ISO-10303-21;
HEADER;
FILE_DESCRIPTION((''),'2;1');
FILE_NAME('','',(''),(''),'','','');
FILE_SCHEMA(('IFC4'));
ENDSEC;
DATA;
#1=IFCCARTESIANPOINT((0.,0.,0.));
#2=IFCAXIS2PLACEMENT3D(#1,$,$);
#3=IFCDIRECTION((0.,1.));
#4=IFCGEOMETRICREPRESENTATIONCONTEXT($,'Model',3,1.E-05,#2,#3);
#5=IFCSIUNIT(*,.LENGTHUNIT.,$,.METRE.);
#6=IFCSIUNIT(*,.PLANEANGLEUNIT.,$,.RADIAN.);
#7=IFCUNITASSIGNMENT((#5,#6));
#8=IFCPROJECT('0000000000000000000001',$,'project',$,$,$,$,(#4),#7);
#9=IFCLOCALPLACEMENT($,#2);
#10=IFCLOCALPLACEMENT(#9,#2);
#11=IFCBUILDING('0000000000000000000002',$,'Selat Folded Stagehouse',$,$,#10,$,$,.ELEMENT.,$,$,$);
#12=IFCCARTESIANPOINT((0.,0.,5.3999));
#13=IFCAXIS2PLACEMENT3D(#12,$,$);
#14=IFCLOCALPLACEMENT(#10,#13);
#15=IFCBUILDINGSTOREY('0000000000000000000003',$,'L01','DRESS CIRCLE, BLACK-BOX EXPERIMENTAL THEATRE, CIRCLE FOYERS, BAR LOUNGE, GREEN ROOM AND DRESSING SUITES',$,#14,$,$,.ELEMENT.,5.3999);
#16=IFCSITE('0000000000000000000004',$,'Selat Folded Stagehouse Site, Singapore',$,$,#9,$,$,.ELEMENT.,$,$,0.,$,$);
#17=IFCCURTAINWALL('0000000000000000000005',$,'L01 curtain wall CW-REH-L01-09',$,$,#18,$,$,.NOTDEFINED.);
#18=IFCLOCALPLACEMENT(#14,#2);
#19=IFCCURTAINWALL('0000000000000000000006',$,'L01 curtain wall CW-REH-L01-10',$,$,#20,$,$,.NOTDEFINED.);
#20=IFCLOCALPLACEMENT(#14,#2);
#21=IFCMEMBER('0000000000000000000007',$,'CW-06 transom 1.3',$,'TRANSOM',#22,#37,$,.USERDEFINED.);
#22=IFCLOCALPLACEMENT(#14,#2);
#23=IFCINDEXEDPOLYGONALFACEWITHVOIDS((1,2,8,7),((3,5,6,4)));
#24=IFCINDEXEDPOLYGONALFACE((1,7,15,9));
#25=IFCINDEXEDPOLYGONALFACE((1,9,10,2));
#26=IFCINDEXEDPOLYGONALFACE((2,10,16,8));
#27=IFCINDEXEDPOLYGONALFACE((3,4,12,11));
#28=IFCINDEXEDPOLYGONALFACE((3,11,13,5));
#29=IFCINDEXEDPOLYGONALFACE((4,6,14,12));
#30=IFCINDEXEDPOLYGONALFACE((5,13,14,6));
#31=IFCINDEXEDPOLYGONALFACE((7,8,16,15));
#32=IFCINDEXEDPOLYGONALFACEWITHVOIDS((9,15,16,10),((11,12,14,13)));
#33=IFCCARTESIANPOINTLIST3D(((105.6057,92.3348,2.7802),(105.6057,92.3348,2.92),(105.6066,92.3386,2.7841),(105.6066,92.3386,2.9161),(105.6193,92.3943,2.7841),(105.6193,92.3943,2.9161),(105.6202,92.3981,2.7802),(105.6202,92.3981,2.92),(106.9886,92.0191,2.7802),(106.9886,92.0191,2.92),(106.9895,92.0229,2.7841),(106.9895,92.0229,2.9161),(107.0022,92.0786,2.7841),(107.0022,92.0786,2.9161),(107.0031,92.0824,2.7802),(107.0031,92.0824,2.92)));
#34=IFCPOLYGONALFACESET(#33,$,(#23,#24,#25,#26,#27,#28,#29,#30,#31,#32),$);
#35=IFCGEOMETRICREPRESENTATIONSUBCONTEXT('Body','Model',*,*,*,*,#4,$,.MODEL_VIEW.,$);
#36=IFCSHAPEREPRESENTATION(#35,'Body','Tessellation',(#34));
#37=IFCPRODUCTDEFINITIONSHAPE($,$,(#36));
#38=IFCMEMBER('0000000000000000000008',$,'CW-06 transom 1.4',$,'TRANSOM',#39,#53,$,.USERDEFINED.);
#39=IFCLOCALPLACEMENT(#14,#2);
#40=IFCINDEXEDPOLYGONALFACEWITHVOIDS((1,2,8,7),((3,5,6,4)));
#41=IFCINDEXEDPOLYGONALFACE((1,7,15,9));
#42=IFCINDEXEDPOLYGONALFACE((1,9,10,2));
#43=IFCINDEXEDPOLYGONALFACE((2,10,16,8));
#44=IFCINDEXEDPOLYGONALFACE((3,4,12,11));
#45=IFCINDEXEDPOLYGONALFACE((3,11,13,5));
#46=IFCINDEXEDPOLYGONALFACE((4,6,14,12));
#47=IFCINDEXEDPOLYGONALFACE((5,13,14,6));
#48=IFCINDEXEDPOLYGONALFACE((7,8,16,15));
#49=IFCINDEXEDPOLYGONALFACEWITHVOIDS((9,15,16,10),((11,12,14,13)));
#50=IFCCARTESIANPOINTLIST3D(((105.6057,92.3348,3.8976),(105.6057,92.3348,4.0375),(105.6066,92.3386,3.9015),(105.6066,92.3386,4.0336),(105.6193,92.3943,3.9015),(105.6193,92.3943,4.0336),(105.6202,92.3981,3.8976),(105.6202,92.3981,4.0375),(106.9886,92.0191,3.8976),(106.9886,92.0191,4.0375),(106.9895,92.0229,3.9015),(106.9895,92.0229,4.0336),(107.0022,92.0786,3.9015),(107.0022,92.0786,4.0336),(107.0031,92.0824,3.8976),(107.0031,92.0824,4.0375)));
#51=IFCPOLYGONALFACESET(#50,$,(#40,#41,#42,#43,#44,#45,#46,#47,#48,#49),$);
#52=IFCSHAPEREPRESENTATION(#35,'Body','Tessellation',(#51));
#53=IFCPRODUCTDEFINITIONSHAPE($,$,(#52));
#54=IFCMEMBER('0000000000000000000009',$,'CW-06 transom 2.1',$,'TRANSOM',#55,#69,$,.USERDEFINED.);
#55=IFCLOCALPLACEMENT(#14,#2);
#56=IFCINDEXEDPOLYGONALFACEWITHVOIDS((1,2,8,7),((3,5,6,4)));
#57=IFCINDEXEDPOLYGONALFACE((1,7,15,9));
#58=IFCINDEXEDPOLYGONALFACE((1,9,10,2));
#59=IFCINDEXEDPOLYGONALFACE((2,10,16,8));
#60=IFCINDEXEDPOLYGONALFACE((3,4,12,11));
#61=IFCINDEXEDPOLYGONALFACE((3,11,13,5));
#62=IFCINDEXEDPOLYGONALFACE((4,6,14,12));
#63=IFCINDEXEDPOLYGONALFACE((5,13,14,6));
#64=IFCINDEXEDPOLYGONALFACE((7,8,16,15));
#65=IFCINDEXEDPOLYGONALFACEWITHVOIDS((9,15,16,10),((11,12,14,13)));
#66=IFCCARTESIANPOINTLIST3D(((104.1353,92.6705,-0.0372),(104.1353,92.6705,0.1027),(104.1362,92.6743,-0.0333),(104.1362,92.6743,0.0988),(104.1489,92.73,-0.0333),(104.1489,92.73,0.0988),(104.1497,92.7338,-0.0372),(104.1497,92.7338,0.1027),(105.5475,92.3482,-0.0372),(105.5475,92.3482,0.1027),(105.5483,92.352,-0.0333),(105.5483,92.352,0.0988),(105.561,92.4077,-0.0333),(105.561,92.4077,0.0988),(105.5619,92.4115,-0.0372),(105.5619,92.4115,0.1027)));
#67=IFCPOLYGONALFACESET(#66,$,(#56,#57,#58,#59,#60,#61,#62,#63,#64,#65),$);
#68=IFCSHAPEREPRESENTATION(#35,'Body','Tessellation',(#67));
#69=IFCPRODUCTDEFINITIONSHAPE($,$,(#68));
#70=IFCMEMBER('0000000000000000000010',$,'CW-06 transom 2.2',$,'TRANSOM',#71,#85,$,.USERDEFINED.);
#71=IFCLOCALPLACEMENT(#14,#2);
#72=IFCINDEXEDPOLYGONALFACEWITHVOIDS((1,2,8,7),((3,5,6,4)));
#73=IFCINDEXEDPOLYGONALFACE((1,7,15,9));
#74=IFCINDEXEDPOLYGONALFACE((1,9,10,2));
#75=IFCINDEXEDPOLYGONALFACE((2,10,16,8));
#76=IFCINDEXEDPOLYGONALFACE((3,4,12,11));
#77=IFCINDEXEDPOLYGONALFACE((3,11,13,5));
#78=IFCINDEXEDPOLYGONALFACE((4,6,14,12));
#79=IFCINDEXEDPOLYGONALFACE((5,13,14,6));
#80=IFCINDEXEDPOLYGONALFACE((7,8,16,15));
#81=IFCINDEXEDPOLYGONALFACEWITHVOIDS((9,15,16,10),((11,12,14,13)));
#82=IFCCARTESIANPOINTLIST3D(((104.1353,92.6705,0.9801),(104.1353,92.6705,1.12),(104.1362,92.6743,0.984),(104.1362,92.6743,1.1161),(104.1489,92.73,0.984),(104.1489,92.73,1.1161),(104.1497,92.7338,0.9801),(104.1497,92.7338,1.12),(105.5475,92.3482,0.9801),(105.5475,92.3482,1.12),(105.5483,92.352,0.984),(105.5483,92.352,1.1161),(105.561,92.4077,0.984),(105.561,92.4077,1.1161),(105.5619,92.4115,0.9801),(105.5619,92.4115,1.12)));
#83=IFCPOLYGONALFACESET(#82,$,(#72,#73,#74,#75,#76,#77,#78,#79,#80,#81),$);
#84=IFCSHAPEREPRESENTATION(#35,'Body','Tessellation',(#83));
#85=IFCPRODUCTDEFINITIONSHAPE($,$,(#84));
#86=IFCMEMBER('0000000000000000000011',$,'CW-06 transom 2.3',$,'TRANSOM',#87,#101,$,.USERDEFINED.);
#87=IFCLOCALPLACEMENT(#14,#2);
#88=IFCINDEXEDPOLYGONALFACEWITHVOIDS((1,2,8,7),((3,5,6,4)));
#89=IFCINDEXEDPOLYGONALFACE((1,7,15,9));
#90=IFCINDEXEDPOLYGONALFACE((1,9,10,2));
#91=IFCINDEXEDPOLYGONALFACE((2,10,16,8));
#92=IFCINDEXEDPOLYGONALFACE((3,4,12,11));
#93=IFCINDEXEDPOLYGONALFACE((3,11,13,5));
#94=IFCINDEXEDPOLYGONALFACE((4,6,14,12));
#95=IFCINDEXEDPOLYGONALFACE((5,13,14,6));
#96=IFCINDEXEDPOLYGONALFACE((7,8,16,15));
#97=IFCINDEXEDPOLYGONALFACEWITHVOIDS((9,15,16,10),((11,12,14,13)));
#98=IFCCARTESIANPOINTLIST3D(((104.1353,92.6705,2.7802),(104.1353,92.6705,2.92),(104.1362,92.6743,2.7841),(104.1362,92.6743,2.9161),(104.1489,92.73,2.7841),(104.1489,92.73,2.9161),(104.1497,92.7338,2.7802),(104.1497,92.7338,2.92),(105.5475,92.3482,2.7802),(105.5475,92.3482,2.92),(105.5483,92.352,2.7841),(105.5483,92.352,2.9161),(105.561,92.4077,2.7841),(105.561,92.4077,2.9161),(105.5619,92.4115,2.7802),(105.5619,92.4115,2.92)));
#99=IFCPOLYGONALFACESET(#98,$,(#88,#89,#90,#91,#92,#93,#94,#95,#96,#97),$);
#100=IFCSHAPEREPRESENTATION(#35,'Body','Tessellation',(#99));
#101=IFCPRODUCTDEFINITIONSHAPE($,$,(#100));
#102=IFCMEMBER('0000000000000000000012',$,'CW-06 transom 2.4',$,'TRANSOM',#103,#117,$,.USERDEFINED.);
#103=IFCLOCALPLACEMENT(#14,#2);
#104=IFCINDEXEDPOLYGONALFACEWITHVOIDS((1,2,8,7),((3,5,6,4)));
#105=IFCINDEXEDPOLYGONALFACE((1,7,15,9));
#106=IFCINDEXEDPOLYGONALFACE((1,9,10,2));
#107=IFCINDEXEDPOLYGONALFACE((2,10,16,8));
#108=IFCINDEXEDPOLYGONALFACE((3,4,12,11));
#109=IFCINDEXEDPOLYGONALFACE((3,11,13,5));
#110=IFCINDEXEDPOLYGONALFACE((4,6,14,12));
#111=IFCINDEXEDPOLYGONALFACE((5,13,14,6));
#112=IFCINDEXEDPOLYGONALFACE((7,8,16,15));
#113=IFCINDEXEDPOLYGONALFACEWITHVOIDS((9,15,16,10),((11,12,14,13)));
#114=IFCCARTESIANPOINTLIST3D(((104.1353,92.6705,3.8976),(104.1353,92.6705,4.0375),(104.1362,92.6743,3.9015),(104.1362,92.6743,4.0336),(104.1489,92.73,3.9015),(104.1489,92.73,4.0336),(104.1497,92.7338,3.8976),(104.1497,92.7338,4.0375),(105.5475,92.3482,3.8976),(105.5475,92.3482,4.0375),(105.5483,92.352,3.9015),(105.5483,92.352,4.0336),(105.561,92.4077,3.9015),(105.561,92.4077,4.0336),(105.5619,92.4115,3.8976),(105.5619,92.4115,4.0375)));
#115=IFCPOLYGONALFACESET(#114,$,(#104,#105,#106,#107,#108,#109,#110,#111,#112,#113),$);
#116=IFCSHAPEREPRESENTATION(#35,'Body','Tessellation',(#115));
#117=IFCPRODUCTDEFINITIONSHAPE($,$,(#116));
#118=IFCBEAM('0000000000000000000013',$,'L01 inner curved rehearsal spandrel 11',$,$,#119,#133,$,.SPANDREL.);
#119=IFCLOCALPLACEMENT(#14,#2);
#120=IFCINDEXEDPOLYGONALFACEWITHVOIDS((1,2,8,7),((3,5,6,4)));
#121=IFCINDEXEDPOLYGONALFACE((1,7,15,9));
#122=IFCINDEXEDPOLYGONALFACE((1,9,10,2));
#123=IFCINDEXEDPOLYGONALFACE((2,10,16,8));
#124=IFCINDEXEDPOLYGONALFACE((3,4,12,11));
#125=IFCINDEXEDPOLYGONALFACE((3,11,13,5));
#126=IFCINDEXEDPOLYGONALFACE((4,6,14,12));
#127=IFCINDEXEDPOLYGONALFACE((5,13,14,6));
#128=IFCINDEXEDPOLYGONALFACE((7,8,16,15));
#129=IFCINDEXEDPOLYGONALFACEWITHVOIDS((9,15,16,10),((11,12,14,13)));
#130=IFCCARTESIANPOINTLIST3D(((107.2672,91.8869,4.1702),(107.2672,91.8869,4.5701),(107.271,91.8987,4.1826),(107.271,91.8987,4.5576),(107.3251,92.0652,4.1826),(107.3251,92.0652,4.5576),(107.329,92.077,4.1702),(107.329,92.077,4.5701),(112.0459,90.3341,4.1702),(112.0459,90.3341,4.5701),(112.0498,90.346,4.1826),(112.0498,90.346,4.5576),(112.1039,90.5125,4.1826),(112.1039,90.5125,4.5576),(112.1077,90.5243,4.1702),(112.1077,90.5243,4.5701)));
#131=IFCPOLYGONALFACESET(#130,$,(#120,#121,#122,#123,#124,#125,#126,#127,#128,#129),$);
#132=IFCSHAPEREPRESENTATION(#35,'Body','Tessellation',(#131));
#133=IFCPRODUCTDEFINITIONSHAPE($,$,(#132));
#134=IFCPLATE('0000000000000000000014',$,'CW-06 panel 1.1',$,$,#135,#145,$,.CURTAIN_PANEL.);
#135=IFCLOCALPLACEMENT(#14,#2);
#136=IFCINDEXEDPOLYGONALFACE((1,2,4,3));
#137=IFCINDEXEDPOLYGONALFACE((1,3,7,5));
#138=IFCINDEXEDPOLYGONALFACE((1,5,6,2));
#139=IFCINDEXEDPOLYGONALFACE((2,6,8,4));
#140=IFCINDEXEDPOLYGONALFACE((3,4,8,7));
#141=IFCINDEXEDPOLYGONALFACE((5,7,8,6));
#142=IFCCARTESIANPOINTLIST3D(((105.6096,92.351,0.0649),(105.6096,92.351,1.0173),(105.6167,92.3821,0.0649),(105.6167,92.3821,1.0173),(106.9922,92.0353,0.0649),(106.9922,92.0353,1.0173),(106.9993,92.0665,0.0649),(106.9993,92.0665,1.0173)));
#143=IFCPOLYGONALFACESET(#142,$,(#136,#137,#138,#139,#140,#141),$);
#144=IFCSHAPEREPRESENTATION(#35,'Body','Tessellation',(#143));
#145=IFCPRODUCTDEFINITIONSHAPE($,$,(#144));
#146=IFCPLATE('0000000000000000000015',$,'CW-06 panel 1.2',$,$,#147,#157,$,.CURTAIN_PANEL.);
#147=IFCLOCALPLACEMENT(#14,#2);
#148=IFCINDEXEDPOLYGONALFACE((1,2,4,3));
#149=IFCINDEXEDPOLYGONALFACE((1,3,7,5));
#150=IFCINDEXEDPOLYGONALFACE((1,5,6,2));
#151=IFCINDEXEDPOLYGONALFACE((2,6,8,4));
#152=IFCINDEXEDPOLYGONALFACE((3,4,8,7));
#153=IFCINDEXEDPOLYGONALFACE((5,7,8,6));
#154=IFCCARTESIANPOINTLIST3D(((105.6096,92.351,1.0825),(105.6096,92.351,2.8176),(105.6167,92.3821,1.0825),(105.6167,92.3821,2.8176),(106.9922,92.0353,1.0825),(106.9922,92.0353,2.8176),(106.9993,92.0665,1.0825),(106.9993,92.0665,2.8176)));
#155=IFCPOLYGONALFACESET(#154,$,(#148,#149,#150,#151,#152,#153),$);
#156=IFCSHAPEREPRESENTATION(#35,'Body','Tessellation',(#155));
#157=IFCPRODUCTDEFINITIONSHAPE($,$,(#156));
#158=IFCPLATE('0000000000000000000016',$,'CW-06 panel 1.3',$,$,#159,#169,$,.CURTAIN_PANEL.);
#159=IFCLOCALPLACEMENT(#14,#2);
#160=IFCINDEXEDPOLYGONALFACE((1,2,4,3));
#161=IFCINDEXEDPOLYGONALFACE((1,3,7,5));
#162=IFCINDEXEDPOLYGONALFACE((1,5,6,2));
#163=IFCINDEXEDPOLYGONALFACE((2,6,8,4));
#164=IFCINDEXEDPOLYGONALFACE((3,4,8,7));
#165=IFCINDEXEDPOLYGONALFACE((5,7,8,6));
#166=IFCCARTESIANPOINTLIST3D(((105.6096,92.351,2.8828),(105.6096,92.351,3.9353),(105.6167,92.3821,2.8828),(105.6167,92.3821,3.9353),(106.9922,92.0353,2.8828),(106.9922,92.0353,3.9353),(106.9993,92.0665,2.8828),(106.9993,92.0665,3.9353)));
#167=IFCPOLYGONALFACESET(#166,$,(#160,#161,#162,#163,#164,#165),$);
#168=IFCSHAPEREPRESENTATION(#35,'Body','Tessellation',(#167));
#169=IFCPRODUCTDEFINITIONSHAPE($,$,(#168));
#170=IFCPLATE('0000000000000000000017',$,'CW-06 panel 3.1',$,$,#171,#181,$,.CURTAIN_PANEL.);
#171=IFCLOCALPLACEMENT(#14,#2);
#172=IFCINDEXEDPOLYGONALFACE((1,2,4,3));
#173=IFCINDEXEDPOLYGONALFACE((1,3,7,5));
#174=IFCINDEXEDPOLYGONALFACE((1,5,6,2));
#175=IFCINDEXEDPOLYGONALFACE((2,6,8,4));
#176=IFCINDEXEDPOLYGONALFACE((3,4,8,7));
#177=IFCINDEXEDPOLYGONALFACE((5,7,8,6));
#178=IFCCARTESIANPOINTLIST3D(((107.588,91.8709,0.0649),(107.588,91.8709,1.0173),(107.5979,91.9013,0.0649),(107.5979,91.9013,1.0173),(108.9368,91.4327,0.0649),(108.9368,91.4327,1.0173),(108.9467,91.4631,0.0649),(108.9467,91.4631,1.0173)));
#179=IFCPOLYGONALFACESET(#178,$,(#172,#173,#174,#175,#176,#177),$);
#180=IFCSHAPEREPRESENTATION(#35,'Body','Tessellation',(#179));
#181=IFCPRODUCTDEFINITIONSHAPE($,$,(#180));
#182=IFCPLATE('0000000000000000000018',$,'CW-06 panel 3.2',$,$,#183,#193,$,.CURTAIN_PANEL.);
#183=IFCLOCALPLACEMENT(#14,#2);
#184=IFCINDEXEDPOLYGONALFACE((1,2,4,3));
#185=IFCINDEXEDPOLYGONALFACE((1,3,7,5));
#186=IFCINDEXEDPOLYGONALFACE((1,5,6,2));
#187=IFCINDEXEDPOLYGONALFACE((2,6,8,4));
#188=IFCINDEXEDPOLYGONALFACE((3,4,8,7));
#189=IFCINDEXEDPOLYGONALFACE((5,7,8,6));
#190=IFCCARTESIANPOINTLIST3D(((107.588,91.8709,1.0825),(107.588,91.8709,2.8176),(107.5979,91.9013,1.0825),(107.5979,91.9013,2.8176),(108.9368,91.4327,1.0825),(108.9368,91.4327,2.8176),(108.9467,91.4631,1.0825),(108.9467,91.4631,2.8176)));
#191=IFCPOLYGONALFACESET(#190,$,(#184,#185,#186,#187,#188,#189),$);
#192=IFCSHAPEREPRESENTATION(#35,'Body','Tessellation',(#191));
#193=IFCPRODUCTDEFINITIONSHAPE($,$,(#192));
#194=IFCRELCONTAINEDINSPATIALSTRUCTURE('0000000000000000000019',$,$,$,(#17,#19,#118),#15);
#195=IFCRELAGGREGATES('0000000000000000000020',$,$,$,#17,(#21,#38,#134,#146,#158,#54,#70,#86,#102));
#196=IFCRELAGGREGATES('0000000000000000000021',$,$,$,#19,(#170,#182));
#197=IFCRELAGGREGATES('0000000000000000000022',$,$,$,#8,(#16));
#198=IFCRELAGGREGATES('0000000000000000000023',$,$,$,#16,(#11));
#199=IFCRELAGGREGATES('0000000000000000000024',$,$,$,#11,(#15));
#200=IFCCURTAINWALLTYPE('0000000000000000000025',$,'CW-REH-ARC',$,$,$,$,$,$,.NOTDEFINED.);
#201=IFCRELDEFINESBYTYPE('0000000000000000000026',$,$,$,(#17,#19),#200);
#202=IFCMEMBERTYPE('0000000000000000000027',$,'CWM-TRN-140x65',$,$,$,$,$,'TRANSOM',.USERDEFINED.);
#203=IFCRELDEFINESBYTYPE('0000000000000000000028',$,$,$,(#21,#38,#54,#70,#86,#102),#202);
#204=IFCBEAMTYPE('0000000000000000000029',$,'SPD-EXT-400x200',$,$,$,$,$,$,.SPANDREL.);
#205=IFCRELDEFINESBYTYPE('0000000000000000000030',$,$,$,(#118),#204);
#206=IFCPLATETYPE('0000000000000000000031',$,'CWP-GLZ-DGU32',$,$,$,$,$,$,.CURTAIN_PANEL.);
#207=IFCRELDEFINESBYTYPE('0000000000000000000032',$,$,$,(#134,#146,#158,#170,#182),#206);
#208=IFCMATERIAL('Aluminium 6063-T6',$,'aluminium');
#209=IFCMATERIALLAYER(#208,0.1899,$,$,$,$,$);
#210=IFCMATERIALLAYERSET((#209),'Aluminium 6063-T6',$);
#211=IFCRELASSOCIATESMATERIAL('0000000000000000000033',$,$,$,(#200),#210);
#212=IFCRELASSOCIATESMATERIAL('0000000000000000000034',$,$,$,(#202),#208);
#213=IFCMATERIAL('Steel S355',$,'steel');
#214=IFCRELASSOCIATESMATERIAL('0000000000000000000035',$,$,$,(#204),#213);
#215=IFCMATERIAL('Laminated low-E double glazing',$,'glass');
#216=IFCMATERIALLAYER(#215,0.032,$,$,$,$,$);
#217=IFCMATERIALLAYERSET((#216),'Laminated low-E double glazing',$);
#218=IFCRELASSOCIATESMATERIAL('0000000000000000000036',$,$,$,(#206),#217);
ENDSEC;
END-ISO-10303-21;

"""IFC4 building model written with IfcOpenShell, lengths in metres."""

from ifc_helpers import new_model, si_unit, direction, frame, origin, origin_2d, place, context, subcontext, project, spatial, rectangle, hollow_rectangle, extrude, material, layer, layer_set, material_profile, profile_set, type_object, element, aggregate, save


model = new_model("IFC4")

# Units and contexts
model_context = context("Model", 3, precision=1e-05, world=origin(), true_north=direction((0.0, 1.0)))
body_context = subcontext(model_context, "Body", "Model", "MODEL_VIEW")
ifc_project = project(units=[si_unit("LENGTHUNIT", "METRE"), si_unit("PLANEANGLEUNIT", "RADIAN")], contexts=[model_context])

# Site, building, storey
site_placement = place(None, origin())
site = spatial("IfcSite", under=ifc_project, at=site_placement, Name="Selat Folded Stagehouse Site, Singapore", CompositionType="ELEMENT", RefElevation=0.0)
building_placement = place(site_placement, origin())
building = spatial("IfcBuilding", under=site, at=building_placement, Name="Selat Folded Stagehouse", CompositionType="ELEMENT")
storey_placement = place(building_placement, frame((0.0, 0.0, 5.3999)))
storey = spatial("IfcBuildingStorey", under=building, at=storey_placement, Name="L01", Description="DRESS CIRCLE, BLACK-BOX EXPERIMENTAL THEATRE, CIRCLE FOYERS, BAR LOUNGE, GREEN ROOM AND DRESSING SUITES", CompositionType="ELEMENT", Elevation=5.3999)

# Shared definitions
ifc_material_1 = material(Name="Steel S355", Category="steel")

# Curtain wall
ifc_material_2 = material(Name="Aluminium 6063-T6", Category="aluminium")
ifc_layer_1 = layer(ifc_material_2, 0.1899)
ifc_layer_set_1 = layer_set([ifc_layer_1], Name="Aluminium 6063-T6")
curtain_wall_type = type_object("IfcCurtainWallType", Name="CW-REH-ARC", PredefinedType="NOTDEFINED", material=ifc_layer_set_1)
curtain_wall_1_placement = place(storey_placement, origin())
curtain_wall_1 = element("IfcCurtainWall", 1, at=curtain_wall_1_placement, inside=storey, type_object=curtain_wall_type, Name="L01 curtain wall CW-REH-L01-09", PredefinedType="NOTDEFINED")

# Curtain wall
curtain_wall_2_placement = place(storey_placement, origin())
curtain_wall_2 = element("IfcCurtainWall", 2, at=curtain_wall_2_placement, inside=storey, type_object=curtain_wall_type, Name="L01 curtain wall CW-REH-L01-10", PredefinedType="NOTDEFINED")

# Members
ifc_material_profile_1 = material_profile(ifc_material_2, hollow_rectangle(XDim=0.0649, YDim=0.1399, WallThickness=0.0039, at=origin_2d()), Name="ALU 140x65x4.0")
ifc_profile_set_1 = profile_set([ifc_material_profile_1], Name="Aluminium 6063-T6")
member_type_1 = type_object("IfcMemberType", Name="CWM-TRN-140x65", ElementType="TRANSOM", PredefinedType="USERDEFINED", material=ifc_profile_set_1)
member_1_placement = place(storey_placement, frame((106.9958, 92.0508, 2.8501), z_axis=(-0.974919, 0.222558, 0.0), x_axis=(-0.222558, -0.974919, 0.0)))
member_1 = element("IfcMember", 3, at=member_1_placement, type_object=member_type_1, Name="CW-06 transom 1.3", ObjectType="TRANSOM", PredefinedType="USERDEFINED", context=body_context, shape_type="SweptSolid", body=[
    extrude(hollow_rectangle(XDim=0.0649, YDim=0.1399, WallThickness=0.0039, at=origin_2d()), origin(), (0.0, 0.0, 1.0), 1.4185),
])
member_2_placement = place(storey_placement, frame((106.9958, 92.0508, 3.9675), z_axis=(-0.974919, 0.222558, 0.0), x_axis=(-0.222558, -0.974919, 0.0)))
member_2 = element("IfcMember", 4, at=member_2_placement, type_object=member_type_1, Name="CW-06 transom 1.4", ObjectType="TRANSOM", PredefinedType="USERDEFINED", context=body_context, shape_type="SweptSolid", body=[
    extrude(hollow_rectangle(XDim=0.0649, YDim=0.1399, WallThickness=0.0039, at=origin_2d()), origin(), (0.0, 0.0, 1.0), 1.4185),
])
member_3_placement = place(storey_placement, frame((105.5547, 92.3799, 0.0327), z_axis=(-0.974934, 0.222495, 0.0), x_axis=(-0.222495, -0.974934, 0.0)))
member_3 = element("IfcMember", 5, at=member_3_placement, type_object=member_type_1, Name="CW-06 transom 2.1", ObjectType="TRANSOM", PredefinedType="USERDEFINED", context=body_context, shape_type="SweptSolid", body=[
    extrude(hollow_rectangle(XDim=0.0649, YDim=0.1399, WallThickness=0.0039, at=origin_2d()), origin(), (0.0, 0.0, 1.0), 1.4485),
])
member_4_placement = place(storey_placement, frame((105.5547, 92.3799, 1.05), z_axis=(-0.974934, 0.222495, 0.0), x_axis=(-0.222495, -0.974934, 0.0)))
member_4 = element("IfcMember", 6, at=member_4_placement, type_object=member_type_1, Name="CW-06 transom 2.2", ObjectType="TRANSOM", PredefinedType="USERDEFINED", context=body_context, shape_type="SweptSolid", body=[
    extrude(hollow_rectangle(XDim=0.0649, YDim=0.1399, WallThickness=0.0039, at=origin_2d()), origin(), (0.0, 0.0, 1.0), 1.4485),
])
member_5_placement = place(storey_placement, frame((105.5547, 92.3799, 2.8501), z_axis=(-0.974934, 0.222495, 0.0), x_axis=(-0.222495, -0.974934, 0.0)))
member_5 = element("IfcMember", 7, at=member_5_placement, type_object=member_type_1, Name="CW-06 transom 2.3", ObjectType="TRANSOM", PredefinedType="USERDEFINED", context=body_context, shape_type="SweptSolid", body=[
    extrude(hollow_rectangle(XDim=0.0649, YDim=0.1399, WallThickness=0.0039, at=origin_2d()), origin(), (0.0, 0.0, 1.0), 1.4485),
])
member_6_placement = place(storey_placement, frame((105.5547, 92.3799, 3.9675), z_axis=(-0.974934, 0.222495, 0.0), x_axis=(-0.222495, -0.974934, 0.0)))
member_6 = element("IfcMember", 8, at=member_6_placement, type_object=member_type_1, Name="CW-06 transom 2.4", ObjectType="TRANSOM", PredefinedType="USERDEFINED", context=body_context, shape_type="SweptSolid", body=[
    extrude(hollow_rectangle(XDim=0.0649, YDim=0.1399, WallThickness=0.0039, at=origin_2d()), origin(), (0.0, 0.0, 1.0), 1.4485),
])

# Beam
ifc_material_profile_2 = material_profile(ifc_material_1, hollow_rectangle(XDim=0.2, YDim=0.3999, WallThickness=0.0125, at=origin_2d()), Name="RHS 400x200x12.5")
ifc_profile_set_2 = profile_set([ifc_material_profile_2], Name="Steel S355")
beam_type_1 = type_object("IfcBeamType", Name="SPD-EXT-400x200", PredefinedType="SPANDREL", material=ifc_profile_set_2)
beam_1_placement = place(storey_placement, frame((107.2981, 91.9819, 4.3701), z_axis=(0.951056, -0.309018, 0.0), x_axis=(0.309018, 0.951056, 0.0)))
element("IfcBeam", 9, at=beam_1_placement, inside=storey, type_object=beam_type_1, Name="L01 inner curved rehearsal spandrel 11", PredefinedType="SPANDREL", context=body_context, shape_type="SweptSolid", body=[
    extrude(hollow_rectangle(XDim=0.2, YDim=0.3999, WallThickness=0.0125, at=origin_2d()), origin(), (0.0, 0.0, 1.0), 5.0247),
])

# Plates
ifc_material_3 = material(Name="Laminated low-E double glazing", Category="glass")
ifc_layer_2 = layer(ifc_material_3, 0.032)
ifc_layer_set_2 = layer_set([ifc_layer_2], Name="Laminated low-E double glazing")
plate_type = type_object("IfcPlateType", Name="CWP-GLZ-DGU32", PredefinedType="CURTAIN_PANEL", material=ifc_layer_set_2)
plate_1_placement = place(storey_placement, frame((106.3044, 92.2087, 0.0649), z_axis=(0.0, 0.0, 1.0), x_axis=(-0.974923, 0.222543, 0.0)))
plate_1 = element("IfcPlate", 10, at=plate_1_placement, type_object=plate_type, Name="CW-06 panel 1.1", PredefinedType="CURTAIN_PANEL", context=body_context, shape_type="SweptSolid", body=[
    extrude(rectangle(XDim=1.4182, YDim=0.032, at=origin_2d()), origin(), (0.0, 0.0, 1.0), 0.9524),
])
plate_2_placement = place(storey_placement, frame((106.3044, 92.2087, 1.0825), z_axis=(0.0, 0.0, 1.0), x_axis=(-0.974923, 0.222543, 0.0)))
plate_2 = element("IfcPlate", 11, at=plate_2_placement, type_object=plate_type, Name="CW-06 panel 1.2", PredefinedType="CURTAIN_PANEL", context=body_context, shape_type="SweptSolid", body=[
    extrude(rectangle(XDim=1.4182, YDim=0.032, at=origin_2d()), origin(), (0.0, 0.0, 1.0), 1.7351),
])
plate_3_placement = place(storey_placement, frame((106.3044, 92.2087, 2.8828), z_axis=(0.0, 0.0, 1.0), x_axis=(-0.974923, 0.222543, 0.0)))
plate_3 = element("IfcPlate", 12, at=plate_3_placement, type_object=plate_type, Name="CW-06 panel 1.3", PredefinedType="CURTAIN_PANEL", context=body_context, shape_type="SweptSolid", body=[
    extrude(rectangle(XDim=1.4182, YDim=0.032, at=origin_2d()), origin(), (0.0, 0.0, 1.0), 1.0525),
])
aggregate(curtain_wall_1, [member_1, member_2, plate_1, plate_2, plate_3, member_3, member_4, member_5, member_6])
plate_4_placement = place(storey_placement, frame((108.2673, 91.667, 0.0649), z_axis=(0.0, 0.0, 1.0), x_axis=(-0.951065, 0.308992, 0.0)))
plate_4 = element("IfcPlate", 13, at=plate_4_placement, type_object=plate_type, Name="CW-06 panel 3.1", PredefinedType="CURTAIN_PANEL", context=body_context, shape_type="SweptSolid", body=[
    extrude(rectangle(XDim=1.4182, YDim=0.032, at=origin_2d()), origin(), (0.0, 0.0, 1.0), 0.9524),
])
plate_5_placement = place(storey_placement, frame((108.2673, 91.667, 1.0825), z_axis=(0.0, 0.0, 1.0), x_axis=(-0.951065, 0.308992, 0.0)))
plate_5 = element("IfcPlate", 14, at=plate_5_placement, type_object=plate_type, Name="CW-06 panel 3.2", PredefinedType="CURTAIN_PANEL", context=body_context, shape_type="SweptSolid", body=[
    extrude(rectangle(XDim=1.4182, YDim=0.032, at=origin_2d()), origin(), (0.0, 0.0, 1.0), 1.7351),
])
aggregate(curtain_wall_2, [plate_4, plate_5])

save(model, "model.ifc")
